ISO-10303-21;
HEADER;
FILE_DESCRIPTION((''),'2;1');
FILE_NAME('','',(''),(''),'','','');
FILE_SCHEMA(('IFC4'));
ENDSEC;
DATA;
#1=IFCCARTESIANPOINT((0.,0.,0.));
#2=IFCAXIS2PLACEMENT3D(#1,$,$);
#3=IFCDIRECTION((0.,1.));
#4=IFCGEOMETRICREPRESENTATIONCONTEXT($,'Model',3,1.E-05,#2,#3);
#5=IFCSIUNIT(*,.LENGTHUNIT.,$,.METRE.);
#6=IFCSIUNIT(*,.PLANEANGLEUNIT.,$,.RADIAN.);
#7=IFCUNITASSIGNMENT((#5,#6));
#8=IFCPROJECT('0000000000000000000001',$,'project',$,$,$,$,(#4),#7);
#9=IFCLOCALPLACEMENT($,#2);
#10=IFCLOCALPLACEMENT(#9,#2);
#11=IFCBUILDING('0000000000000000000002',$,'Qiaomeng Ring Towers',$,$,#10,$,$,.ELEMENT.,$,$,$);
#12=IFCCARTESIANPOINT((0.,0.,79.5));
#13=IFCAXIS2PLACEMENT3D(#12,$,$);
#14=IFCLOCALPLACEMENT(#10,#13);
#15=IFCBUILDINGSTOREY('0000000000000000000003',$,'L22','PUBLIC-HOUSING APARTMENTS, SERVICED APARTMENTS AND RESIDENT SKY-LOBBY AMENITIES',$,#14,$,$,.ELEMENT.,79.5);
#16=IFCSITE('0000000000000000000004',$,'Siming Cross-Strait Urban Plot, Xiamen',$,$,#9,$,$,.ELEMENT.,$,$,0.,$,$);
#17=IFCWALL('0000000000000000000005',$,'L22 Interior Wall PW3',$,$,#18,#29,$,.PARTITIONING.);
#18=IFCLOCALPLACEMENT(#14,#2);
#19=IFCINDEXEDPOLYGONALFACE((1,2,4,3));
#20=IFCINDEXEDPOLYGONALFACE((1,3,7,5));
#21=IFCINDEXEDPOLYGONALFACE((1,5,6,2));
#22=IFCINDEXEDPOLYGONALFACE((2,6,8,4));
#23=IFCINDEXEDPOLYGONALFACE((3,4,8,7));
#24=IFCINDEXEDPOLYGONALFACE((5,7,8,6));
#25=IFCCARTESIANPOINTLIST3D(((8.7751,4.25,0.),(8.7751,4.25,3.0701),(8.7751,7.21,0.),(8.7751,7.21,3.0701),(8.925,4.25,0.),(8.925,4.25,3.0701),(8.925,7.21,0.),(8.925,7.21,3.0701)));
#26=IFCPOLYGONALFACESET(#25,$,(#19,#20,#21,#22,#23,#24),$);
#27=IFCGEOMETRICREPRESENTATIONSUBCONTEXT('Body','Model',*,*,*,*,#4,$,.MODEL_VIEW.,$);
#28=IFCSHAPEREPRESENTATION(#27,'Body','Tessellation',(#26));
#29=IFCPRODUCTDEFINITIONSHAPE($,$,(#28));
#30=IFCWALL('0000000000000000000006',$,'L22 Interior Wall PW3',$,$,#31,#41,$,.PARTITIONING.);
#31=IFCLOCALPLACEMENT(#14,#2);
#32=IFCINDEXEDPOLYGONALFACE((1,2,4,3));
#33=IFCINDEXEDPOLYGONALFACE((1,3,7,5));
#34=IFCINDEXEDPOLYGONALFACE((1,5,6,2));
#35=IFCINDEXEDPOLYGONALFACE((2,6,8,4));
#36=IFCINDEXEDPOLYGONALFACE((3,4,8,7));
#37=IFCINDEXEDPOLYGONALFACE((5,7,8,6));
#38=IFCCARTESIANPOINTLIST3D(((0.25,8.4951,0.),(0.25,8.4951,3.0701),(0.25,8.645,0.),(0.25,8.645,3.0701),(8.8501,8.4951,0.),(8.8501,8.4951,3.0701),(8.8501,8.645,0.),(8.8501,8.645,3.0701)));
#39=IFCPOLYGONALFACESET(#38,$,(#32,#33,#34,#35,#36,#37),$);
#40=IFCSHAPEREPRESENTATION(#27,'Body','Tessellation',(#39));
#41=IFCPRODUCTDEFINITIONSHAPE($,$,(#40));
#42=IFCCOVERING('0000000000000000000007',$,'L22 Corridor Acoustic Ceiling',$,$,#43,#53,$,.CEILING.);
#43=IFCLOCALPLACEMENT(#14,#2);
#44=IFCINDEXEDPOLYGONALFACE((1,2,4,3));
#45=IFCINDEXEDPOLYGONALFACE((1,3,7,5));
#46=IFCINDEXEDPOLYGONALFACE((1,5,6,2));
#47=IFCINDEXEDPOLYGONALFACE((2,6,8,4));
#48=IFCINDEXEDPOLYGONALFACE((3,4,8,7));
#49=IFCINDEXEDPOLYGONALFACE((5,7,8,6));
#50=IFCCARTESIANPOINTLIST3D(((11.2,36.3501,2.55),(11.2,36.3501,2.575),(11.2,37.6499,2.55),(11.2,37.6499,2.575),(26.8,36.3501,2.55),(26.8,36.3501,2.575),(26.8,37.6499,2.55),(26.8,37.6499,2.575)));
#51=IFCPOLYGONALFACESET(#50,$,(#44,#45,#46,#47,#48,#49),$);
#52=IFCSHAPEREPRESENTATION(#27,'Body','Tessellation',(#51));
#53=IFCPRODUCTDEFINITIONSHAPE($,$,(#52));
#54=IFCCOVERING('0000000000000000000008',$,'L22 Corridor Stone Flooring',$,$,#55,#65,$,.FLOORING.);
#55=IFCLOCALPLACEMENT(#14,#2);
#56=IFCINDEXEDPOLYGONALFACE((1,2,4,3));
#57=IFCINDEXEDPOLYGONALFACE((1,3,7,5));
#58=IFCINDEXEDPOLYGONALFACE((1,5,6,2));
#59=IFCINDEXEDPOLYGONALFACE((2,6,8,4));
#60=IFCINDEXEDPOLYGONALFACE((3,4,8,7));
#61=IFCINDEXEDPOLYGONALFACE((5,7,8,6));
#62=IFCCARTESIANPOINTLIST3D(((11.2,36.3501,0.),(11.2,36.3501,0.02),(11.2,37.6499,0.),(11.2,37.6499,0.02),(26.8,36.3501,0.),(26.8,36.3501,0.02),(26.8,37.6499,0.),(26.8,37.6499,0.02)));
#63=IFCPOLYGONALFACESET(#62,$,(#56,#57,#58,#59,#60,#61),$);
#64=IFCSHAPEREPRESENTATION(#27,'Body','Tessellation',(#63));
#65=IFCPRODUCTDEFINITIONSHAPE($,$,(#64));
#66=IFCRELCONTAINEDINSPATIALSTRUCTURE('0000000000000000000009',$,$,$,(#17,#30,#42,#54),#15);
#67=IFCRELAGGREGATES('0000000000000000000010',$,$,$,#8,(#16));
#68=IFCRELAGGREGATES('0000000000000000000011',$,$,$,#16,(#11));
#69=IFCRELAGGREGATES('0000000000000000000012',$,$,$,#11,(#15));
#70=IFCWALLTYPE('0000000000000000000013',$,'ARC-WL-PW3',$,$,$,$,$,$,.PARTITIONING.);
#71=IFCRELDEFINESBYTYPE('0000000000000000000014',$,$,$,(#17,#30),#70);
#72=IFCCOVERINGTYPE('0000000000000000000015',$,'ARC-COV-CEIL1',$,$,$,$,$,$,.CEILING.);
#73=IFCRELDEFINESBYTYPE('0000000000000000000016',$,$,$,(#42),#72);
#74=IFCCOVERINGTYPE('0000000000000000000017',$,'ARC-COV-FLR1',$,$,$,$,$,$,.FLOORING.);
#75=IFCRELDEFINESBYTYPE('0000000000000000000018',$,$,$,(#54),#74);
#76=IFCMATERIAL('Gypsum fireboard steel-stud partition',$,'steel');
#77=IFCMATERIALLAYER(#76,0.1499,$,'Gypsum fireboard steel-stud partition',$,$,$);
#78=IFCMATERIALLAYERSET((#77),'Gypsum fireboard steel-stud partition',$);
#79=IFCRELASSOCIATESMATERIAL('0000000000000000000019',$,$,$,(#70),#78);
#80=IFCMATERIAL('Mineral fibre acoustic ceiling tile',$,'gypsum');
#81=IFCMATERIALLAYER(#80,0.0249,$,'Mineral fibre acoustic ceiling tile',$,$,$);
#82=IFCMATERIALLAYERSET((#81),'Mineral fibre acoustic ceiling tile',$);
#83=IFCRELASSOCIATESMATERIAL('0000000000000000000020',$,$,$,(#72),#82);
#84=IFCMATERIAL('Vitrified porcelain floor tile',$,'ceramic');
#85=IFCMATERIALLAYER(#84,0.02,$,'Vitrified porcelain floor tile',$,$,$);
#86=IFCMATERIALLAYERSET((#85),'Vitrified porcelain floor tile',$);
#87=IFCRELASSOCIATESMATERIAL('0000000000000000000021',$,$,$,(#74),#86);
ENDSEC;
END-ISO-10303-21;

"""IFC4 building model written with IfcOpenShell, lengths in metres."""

from ifc_helpers import new_model, si_unit, direction, frame, frame_2d, origin, place, context, subcontext, project, spatial, polyline, rectangle, outline, extrude, material, layer, layer_set, type_object, element, save


model = new_model("IFC4")

# Units and contexts
model_context = context("Model", 3, precision=1e-05, world=origin(), true_north=direction((0.0, 1.0)))
body_context = subcontext(model_context, "Body", "Model", "MODEL_VIEW")
ifc_project = project(units=[si_unit("LENGTHUNIT", "METRE"), si_unit("PLANEANGLEUNIT", "RADIAN")], contexts=[model_context])

# Site, building, storey
site_placement = place(None, origin())
site = spatial("IfcSite", under=ifc_project, at=site_placement, Name="Siming Cross-Strait Urban Plot, Xiamen", CompositionType="ELEMENT", RefElevation=0.0)
building_placement = place(site_placement, origin())
building = spatial("IfcBuilding", under=site, at=building_placement, Name="Qiaomeng Ring Towers", CompositionType="ELEMENT")
storey_placement = place(building_placement, frame((0.0, 0.0, 79.5)))
storey = spatial("IfcBuildingStorey", under=building, at=storey_placement, Name="L22", Description="PUBLIC-HOUSING APARTMENTS, SERVICED APARTMENTS AND RESIDENT SKY-LOBBY AMENITIES", CompositionType="ELEMENT", Elevation=79.5)

# Walls
ifc_material_1 = material(Name="Gypsum fireboard steel-stud partition", Category="steel")
ifc_layer_1 = layer(ifc_material_1, 0.1499, Name="Gypsum fireboard steel-stud partition")
ifc_layer_set_1 = layer_set([ifc_layer_1], Name="Gypsum fireboard steel-stud partition")
wall_type_1 = type_object("IfcWallType", Name="ARC-WL-PW3", PredefinedType="PARTITIONING", material=ifc_layer_set_1)
wall_1_placement = place(storey_placement, frame((8.8501, 4.25, 0.0), z_axis=(0.0, 0.0, 1.0), x_axis=(0.0, 1.0, 0.0)))
element("IfcWall", 1, at=wall_1_placement, inside=storey, type_object=wall_type_1, Name="L22 Interior Wall PW3", PredefinedType="PARTITIONING", context=body_context, shape_type="SweptSolid", body=[
    extrude(rectangle(XDim=2.96, YDim=0.1499, at=frame_2d((1.48, 0.0))), origin(), (0.0, 0.0, 1.0), 3.0701),
])
wall_2_placement = place(storey_placement, frame((0.25, 8.5701, 0.0), z_axis=(0.0, 0.0, 1.0), x_axis=(1.0, 0.0, 0.0)))
element("IfcWall", 2, at=wall_2_placement, inside=storey, type_object=wall_type_1, Name="L22 Interior Wall PW3", PredefinedType="PARTITIONING", context=body_context, shape_type="SweptSolid", body=[
    extrude(rectangle(XDim=8.6001, YDim=0.1499, at=frame_2d((4.3, 0.0))), origin(), (0.0, 0.0, 1.0), 3.0701),
])

# Coverings
ifc_material_2 = material(Name="Mineral fibre acoustic ceiling tile", Category="gypsum")
ifc_layer_2 = layer(ifc_material_2, 0.0249, Name="Mineral fibre acoustic ceiling tile")
ifc_layer_set_2 = layer_set([ifc_layer_2], Name="Mineral fibre acoustic ceiling tile")
covering_type_1 = type_object("IfcCoveringType", Name="ARC-COV-CEIL1", PredefinedType="CEILING", material=ifc_layer_set_2)
covering_1_placement = place(storey_placement, frame((0.0, 0.0, 2.55)))
element("IfcCovering", 3, at=covering_1_placement, inside=storey, type_object=covering_type_1, Name="L22 Corridor Acoustic Ceiling", PredefinedType="CEILING", context=body_context, shape_type="SweptSolid", body=[
    extrude(outline(polyline([(11.2, 36.3501), (11.2, 37.6499), (26.8, 37.6499), (26.8, 36.3501), (11.2, 36.3501)])), origin(), (0.0, 0.0, 1.0), 0.0249),
])
ifc_material_3 = material(Name="Vitrified porcelain floor tile", Category="ceramic")
ifc_layer_3 = layer(ifc_material_3, 0.02, Name="Vitrified porcelain floor tile")
ifc_layer_set_3 = layer_set([ifc_layer_3], Name="Vitrified porcelain floor tile")
covering_type_2 = type_object("IfcCoveringType", Name="ARC-COV-FLR1", PredefinedType="FLOORING", material=ifc_layer_set_3)
covering_2_placement = place(storey_placement, origin())
element("IfcCovering", 4, at=covering_2_placement, inside=storey, type_object=covering_type_2, Name="L22 Corridor Stone Flooring", PredefinedType="FLOORING", context=body_context, shape_type="SweptSolid", body=[
    extrude(outline(polyline([(11.2, 36.3501), (11.2, 37.6499), (26.8, 37.6499), (26.8, 36.3501), (11.2, 36.3501)])), origin(), (0.0, 0.0, 1.0), 0.02),
])

save(model, "model.ifc")
